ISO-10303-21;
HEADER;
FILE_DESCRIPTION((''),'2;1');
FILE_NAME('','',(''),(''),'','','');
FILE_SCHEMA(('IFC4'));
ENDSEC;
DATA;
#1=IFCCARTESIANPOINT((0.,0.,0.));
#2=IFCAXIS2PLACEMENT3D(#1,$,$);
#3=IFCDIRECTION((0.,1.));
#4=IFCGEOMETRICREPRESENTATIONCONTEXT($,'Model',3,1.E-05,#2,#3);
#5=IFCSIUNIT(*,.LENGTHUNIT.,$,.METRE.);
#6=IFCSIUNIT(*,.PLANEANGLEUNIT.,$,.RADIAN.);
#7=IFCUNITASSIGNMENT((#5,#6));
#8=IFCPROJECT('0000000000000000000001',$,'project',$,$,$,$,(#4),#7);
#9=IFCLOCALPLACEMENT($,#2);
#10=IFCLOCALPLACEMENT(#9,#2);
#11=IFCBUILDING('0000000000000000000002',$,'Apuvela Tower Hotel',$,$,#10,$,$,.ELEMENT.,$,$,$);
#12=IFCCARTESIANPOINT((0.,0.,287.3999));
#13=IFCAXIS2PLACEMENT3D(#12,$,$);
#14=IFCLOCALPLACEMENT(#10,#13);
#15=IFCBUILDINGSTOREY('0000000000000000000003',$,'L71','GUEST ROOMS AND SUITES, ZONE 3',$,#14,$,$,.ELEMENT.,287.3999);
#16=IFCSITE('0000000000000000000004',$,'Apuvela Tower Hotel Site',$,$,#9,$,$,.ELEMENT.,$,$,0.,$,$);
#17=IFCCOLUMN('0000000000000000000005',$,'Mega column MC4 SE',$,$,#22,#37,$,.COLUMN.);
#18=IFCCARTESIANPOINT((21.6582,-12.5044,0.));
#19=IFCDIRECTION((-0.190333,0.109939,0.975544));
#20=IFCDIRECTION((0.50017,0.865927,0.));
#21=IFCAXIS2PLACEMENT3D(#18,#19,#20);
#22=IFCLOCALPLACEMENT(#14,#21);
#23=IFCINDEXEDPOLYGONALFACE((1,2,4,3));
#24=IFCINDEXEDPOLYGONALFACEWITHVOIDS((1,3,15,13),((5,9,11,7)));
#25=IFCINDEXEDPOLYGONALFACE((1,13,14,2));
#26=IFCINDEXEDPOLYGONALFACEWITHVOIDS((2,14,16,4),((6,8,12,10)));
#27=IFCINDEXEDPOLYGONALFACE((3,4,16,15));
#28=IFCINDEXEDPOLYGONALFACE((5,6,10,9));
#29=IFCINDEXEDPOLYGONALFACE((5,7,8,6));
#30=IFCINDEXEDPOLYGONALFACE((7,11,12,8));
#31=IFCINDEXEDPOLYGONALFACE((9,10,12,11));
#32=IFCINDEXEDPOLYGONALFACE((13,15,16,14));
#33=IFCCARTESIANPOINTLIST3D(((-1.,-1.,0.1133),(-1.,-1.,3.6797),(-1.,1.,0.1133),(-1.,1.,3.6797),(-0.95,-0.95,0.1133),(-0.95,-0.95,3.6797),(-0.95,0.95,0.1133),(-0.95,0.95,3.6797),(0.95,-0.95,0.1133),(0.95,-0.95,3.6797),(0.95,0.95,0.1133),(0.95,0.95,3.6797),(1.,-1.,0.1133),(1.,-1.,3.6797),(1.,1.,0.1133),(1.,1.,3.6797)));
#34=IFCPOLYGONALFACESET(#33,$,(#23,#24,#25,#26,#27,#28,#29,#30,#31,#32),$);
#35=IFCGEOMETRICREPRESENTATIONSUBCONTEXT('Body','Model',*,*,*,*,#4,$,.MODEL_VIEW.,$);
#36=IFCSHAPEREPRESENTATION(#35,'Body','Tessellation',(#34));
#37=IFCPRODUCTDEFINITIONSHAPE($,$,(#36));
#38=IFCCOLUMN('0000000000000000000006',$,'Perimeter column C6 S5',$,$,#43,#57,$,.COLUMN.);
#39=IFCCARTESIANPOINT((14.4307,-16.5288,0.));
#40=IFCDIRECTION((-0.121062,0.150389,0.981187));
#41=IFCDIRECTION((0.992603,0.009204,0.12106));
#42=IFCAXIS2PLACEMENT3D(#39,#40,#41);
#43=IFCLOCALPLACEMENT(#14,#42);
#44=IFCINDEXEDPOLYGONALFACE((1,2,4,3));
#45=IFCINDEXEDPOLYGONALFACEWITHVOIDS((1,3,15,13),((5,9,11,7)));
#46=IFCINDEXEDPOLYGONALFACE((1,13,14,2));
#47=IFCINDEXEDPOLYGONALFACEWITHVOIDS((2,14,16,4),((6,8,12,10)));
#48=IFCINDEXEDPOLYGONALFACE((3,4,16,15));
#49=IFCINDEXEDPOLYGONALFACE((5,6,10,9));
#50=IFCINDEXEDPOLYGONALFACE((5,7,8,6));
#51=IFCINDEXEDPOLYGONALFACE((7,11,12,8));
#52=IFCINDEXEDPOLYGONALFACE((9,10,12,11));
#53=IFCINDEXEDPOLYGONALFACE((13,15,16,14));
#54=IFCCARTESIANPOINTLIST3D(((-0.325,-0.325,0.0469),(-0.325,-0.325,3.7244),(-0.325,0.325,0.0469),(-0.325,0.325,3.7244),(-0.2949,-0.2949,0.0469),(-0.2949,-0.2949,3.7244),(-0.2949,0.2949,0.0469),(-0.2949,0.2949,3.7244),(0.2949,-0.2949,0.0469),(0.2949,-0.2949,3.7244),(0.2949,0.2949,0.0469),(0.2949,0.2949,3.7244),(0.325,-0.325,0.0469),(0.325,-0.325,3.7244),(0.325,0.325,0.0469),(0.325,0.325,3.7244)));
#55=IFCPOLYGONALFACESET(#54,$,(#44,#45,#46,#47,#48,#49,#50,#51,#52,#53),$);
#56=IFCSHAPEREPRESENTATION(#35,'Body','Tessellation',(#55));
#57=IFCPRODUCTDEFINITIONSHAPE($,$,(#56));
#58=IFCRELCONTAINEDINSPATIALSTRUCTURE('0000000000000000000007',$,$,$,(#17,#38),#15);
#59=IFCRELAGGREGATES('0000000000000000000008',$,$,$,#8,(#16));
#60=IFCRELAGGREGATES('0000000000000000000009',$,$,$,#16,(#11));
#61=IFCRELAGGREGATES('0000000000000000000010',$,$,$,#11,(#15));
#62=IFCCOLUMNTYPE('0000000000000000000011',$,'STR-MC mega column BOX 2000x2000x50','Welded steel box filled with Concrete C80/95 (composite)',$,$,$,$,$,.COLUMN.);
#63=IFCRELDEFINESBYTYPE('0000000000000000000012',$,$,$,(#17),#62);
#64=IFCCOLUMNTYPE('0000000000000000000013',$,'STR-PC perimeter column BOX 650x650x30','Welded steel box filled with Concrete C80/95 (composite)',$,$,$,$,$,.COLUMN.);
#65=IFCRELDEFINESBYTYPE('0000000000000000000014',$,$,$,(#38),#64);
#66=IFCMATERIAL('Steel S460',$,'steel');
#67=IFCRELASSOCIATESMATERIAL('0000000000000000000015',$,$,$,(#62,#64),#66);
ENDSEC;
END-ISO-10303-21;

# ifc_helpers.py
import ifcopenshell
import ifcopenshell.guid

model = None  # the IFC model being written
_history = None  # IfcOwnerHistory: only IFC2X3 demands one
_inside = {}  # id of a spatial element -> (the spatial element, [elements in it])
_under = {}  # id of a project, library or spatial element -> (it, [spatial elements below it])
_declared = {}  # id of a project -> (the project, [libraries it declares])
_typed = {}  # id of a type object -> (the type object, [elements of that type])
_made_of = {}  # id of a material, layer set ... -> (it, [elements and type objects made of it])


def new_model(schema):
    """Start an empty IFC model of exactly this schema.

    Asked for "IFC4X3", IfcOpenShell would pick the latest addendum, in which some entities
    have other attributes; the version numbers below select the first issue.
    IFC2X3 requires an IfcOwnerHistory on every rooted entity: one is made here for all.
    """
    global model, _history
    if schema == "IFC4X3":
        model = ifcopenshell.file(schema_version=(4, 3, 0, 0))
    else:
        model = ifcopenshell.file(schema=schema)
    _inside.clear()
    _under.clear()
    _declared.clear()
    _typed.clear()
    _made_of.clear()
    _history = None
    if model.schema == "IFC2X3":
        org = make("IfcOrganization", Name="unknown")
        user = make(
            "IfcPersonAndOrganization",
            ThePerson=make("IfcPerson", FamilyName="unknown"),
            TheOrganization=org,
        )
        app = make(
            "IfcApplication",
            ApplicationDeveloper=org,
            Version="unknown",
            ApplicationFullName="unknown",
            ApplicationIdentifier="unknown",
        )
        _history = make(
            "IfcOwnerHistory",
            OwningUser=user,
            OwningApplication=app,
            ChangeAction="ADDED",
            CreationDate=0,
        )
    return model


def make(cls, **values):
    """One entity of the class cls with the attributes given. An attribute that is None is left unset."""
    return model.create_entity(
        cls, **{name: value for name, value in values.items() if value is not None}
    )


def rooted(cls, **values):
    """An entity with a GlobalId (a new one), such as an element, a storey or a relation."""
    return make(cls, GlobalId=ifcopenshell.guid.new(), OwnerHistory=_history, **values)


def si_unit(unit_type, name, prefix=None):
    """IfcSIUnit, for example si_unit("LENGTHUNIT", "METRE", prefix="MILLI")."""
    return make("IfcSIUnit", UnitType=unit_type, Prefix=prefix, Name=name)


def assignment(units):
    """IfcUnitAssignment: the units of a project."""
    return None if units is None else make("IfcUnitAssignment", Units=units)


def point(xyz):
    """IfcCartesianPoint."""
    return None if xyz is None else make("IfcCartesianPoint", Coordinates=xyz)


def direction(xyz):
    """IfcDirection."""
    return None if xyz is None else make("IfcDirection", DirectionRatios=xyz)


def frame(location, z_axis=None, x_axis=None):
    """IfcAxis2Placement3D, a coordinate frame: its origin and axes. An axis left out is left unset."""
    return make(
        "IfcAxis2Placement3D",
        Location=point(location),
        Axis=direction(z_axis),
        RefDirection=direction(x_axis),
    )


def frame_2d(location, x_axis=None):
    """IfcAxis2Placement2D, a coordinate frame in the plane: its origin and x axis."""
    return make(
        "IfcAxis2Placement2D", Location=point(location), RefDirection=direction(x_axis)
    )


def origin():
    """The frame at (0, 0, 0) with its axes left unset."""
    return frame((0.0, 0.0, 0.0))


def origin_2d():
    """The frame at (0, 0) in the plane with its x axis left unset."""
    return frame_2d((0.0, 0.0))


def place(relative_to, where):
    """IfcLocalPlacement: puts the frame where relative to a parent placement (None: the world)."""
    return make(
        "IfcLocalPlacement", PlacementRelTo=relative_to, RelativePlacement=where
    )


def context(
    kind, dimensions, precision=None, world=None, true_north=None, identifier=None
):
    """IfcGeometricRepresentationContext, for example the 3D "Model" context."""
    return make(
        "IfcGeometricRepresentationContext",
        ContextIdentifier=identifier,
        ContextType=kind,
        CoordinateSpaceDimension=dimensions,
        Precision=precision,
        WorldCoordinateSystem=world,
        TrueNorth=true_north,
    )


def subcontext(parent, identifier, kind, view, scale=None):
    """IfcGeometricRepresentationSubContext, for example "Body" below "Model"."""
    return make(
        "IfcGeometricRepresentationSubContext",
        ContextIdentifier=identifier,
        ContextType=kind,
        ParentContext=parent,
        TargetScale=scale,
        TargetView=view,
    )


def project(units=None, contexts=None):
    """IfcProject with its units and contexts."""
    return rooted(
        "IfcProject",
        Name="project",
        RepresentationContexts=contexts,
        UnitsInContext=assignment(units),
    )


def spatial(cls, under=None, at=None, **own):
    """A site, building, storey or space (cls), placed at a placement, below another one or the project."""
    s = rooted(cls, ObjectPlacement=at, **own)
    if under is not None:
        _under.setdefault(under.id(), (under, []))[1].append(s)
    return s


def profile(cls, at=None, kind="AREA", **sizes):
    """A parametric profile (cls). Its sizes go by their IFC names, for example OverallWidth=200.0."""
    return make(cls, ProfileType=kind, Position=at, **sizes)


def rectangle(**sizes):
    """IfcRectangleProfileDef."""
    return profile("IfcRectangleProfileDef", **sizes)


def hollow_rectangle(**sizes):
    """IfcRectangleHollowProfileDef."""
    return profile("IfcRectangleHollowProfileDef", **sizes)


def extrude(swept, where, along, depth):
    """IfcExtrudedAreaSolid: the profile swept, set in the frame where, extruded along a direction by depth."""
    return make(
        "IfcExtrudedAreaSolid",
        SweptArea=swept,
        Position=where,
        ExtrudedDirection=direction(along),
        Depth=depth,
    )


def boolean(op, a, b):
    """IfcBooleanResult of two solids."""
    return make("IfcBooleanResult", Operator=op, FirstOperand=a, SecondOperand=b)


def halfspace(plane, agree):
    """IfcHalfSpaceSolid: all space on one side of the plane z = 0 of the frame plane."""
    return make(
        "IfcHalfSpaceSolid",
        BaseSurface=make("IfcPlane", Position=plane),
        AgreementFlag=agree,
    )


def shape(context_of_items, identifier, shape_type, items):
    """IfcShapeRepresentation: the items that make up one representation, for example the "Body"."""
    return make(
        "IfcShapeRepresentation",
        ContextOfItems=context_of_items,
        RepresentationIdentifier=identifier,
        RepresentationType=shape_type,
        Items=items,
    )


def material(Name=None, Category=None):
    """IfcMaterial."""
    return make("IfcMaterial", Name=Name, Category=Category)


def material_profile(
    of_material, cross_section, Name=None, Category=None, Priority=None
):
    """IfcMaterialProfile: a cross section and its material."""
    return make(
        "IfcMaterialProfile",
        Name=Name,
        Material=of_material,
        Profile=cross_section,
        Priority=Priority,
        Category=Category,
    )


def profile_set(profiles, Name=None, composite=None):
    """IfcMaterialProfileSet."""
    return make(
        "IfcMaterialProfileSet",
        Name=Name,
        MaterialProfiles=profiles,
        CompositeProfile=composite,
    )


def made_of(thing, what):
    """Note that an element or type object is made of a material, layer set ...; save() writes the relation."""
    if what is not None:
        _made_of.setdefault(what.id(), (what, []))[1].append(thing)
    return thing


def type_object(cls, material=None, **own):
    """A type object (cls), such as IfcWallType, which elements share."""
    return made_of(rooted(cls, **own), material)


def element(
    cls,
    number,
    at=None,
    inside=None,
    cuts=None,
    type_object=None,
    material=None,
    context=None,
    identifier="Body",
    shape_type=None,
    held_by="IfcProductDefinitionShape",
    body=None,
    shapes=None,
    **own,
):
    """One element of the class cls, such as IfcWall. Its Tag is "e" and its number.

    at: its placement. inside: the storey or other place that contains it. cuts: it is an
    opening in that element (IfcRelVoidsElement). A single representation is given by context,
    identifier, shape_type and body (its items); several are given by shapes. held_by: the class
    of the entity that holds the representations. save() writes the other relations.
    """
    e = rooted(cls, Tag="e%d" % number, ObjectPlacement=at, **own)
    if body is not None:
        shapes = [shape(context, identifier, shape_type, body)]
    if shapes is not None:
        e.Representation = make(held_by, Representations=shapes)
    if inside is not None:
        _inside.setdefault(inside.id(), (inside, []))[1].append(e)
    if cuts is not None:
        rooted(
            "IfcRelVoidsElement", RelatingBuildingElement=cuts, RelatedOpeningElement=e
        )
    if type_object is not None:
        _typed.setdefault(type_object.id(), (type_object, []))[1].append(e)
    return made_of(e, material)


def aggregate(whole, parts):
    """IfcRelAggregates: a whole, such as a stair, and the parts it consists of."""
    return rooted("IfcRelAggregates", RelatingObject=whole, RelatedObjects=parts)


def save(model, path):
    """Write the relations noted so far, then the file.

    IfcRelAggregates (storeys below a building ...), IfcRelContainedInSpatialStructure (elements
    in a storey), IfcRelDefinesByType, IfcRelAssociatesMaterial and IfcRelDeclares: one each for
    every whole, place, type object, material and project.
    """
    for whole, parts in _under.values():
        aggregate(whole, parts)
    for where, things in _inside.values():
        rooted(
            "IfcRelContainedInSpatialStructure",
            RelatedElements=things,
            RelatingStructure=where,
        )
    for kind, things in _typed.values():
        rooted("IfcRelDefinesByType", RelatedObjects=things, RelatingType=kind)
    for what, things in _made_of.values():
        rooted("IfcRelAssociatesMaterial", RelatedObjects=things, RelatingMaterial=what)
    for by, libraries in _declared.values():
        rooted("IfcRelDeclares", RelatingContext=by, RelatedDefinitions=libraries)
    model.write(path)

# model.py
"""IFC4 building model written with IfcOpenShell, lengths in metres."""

from ifc_helpers import new_model, si_unit, direction, frame, origin, origin_2d, place, context, subcontext, project, spatial, rectangle, hollow_rectangle, extrude, boolean, halfspace, material, material_profile, profile_set, type_object, element, save


model = new_model("IFC4")

# Units and contexts
model_context = context("Model", 3, precision=1e-05, world=origin(), true_north=direction((0.0, 1.0)))
body_context = subcontext(model_context, "Body", "Model", "MODEL_VIEW")
ifc_project = project(units=[si_unit("LENGTHUNIT", "METRE"), si_unit("PLANEANGLEUNIT", "RADIAN")], contexts=[model_context])

# Site, building, storey
site_placement = place(None, origin())
site = spatial("IfcSite", under=ifc_project, at=site_placement, Name="Apuvela Tower Hotel Site", CompositionType="ELEMENT", RefElevation=0.0)
building_placement = place(site_placement, origin())
building = spatial("IfcBuilding", under=site, at=building_placement, Name="Apuvela Tower Hotel", CompositionType="ELEMENT")
storey_placement = place(building_placement, frame((0.0, 0.0, 287.3999)))
storey = spatial("IfcBuildingStorey", under=building, at=storey_placement, Name="L71", Description="GUEST ROOMS AND SUITES, ZONE 3", CompositionType="ELEMENT", Elevation=287.3999)

# Columns
ifc_material_1 = material(Name="Steel S460", Category="steel")
ifc_material_profile_1 = material_profile(ifc_material_1, hollow_rectangle(XDim=2.0, YDim=2.0, WallThickness=0.05, at=origin_2d()), Name="BOX 2000x2000x50")
ifc_material_2 = material(Name="Concrete C80/95", Category="concrete")
ifc_material_profile_2 = material_profile(ifc_material_2, rectangle(XDim=1.8999, YDim=1.8999, at=origin_2d()), Name="Concrete C80/95 infill")
ifc_profile_set_1 = profile_set([ifc_material_profile_1, ifc_material_profile_2], Name="Steel S460")
column_type_1 = type_object("IfcColumnType", Name="STR-MC mega column BOX 2000x2000x50", Description="Welded steel box filled with Concrete C80/95 (composite)", PredefinedType="COLUMN", material=ifc_profile_set_1)
column_1_placement = place(storey_placement, frame((21.6582, -12.5044, 0.0), z_axis=(-0.190333, 0.109939, 0.975544), x_axis=(0.50017, 0.865927, 0.0)))
element("IfcColumn", 1, at=column_1_placement, inside=storey, type_object=column_type_1, Name="Mega column MC4 SE", PredefinedType="COLUMN", context=body_context, shape_type="SweptSolid", body=[
    boolean("DIFFERENCE", boolean("DIFFERENCE", extrude(hollow_rectangle(XDim=2.0, YDim=2.0, WallThickness=0.05, at=origin_2d()), origin(), (0.0, 0.0, 1.0), 3.793), halfspace(frame((0.0, 0.0, 0.1133), z_axis=(0.0, 0.0, 1.0), x_axis=(1.0, 0.0, 0.0)), True)), halfspace(frame((0.0, 0.0, 3.6797), z_axis=(0.0, 0.0, 1.0), x_axis=(1.0, 0.0, 0.0)), False)),
])
ifc_material_profile_3 = material_profile(ifc_material_1, hollow_rectangle(XDim=0.6499, YDim=0.6499, WallThickness=0.03, at=origin_2d()), Name="BOX 650x650x30")
ifc_material_profile_4 = material_profile(ifc_material_2, rectangle(XDim=0.5901, YDim=0.5901, at=origin_2d()), Name="Concrete C80/95 infill")
ifc_profile_set_2 = profile_set([ifc_material_profile_3, ifc_material_profile_4], Name="Steel S460")
column_type_2 = type_object("IfcColumnType", Name="STR-PC perimeter column BOX 650x650x30", Description="Welded steel box filled with Concrete C80/95 (composite)", PredefinedType="COLUMN", material=ifc_profile_set_2)
column_2_placement = place(storey_placement, frame((14.4307, -16.5288, 0.0), z_axis=(-0.121062, 0.150389, 0.981187), x_axis=(0.992603, 0.009204, 0.12106)))
element("IfcColumn", 2, at=column_2_placement, inside=storey, type_object=column_type_2, Name="Perimeter column C6 S5", PredefinedType="COLUMN", context=body_context, shape_type="SweptSolid", body=[
    boolean("DIFFERENCE", boolean("DIFFERENCE", extrude(hollow_rectangle(XDim=0.6499, YDim=0.6499, WallThickness=0.03, at=origin_2d()), origin(), (0.0, 0.0, 1.0), 3.7712), halfspace(frame((0.0, 0.0, 0.0469), z_axis=(0.0, 0.0, 1.0), x_axis=(1.0, 0.0, 0.0)), True)), halfspace(frame((0.0, 0.0, 3.7244), z_axis=(0.0, 0.0, 1.0), x_axis=(1.0, 0.0, 0.0)), False)),
])

save(model, "model.ifc")
